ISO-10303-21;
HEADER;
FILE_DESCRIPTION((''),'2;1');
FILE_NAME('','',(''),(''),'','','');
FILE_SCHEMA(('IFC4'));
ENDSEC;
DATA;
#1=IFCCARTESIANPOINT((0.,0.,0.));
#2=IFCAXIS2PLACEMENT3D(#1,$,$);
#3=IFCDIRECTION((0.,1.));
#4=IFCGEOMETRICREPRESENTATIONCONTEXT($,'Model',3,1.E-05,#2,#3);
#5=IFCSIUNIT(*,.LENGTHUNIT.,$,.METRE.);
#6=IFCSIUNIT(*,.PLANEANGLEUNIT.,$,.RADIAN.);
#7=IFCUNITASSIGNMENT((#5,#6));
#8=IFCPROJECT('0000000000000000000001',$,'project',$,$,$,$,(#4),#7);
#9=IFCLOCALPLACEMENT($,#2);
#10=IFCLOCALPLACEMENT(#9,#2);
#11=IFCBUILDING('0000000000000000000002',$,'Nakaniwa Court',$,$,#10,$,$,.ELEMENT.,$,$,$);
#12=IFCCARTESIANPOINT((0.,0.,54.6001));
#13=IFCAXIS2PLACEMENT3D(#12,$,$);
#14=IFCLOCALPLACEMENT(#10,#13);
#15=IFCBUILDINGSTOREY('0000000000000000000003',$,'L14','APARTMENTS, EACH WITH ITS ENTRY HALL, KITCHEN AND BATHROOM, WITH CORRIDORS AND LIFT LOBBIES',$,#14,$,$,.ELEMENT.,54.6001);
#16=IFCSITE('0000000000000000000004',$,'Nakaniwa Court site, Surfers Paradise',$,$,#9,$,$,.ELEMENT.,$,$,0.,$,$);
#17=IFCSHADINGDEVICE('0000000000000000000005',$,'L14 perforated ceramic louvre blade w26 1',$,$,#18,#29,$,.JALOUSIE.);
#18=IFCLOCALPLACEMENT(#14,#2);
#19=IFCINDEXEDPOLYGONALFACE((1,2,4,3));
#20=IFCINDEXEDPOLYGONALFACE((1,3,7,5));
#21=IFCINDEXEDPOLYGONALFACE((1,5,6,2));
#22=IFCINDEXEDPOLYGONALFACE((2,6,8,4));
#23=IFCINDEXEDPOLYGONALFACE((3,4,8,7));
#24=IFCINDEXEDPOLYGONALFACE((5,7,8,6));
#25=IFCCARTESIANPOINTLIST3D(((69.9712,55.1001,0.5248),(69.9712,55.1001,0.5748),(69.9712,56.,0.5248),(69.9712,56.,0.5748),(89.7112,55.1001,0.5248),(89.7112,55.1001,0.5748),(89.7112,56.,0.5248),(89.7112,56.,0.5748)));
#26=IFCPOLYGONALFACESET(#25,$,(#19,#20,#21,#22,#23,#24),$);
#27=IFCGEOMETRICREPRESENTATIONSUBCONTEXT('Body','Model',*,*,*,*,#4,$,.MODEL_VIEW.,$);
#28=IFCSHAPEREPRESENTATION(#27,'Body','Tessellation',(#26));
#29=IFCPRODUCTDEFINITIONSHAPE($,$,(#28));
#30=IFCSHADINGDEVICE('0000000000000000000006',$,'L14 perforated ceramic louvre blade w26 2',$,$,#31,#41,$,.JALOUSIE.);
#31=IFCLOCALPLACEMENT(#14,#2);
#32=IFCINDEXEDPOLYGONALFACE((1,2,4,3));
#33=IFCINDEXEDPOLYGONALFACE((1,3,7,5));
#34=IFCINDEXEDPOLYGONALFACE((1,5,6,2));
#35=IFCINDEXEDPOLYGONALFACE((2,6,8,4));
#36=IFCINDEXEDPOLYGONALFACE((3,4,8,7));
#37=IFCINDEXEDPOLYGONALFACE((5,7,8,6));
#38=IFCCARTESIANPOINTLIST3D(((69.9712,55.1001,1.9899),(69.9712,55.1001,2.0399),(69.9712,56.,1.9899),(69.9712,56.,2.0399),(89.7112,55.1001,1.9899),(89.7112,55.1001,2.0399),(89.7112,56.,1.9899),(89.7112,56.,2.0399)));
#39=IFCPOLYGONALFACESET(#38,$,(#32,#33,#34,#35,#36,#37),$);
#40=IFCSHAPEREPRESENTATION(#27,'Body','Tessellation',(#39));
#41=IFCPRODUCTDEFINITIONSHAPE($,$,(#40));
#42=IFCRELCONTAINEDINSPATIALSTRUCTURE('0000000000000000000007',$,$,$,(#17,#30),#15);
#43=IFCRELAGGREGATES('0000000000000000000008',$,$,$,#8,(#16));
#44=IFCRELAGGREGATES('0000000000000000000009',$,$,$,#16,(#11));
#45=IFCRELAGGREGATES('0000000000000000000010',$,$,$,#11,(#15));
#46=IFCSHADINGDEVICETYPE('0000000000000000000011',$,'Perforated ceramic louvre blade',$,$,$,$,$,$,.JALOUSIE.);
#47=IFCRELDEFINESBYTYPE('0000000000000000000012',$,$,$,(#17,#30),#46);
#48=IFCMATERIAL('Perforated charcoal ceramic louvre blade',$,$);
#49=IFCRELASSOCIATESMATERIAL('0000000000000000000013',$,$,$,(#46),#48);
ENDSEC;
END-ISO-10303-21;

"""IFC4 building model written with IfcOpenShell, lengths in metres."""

from ifc_helpers import new_model, si_unit, direction, frame, origin, origin_2d, place, context, subcontext, project, spatial, rectangle, extrude, material, material_profile, profile_set, type_object, element, save


model = new_model("IFC4")

# Units and contexts
model_context = context("Model", 3, precision=1e-05, world=origin(), true_north=direction((0.0, 1.0)))
body_context = subcontext(model_context, "Body", "Model", "MODEL_VIEW")
ifc_project = project(units=[si_unit("LENGTHUNIT", "METRE"), si_unit("PLANEANGLEUNIT", "RADIAN")], contexts=[model_context])

# Site, building, storey
site_placement = place(None, origin())
site = spatial("IfcSite", under=ifc_project, at=site_placement, Name="Nakaniwa Court site, Surfers Paradise", CompositionType="ELEMENT", RefElevation=0.0)
building_placement = place(site_placement, origin())
building = spatial("IfcBuilding", under=site, at=building_placement, Name="Nakaniwa Court", CompositionType="ELEMENT")
storey_placement = place(building_placement, frame((0.0, 0.0, 54.6001)))
storey = spatial("IfcBuildingStorey", under=building, at=storey_placement, Name="L14", Description="APARTMENTS, EACH WITH ITS ENTRY HALL, KITCHEN AND BATHROOM, WITH CORRIDORS AND LIFT LOBBIES", CompositionType="ELEMENT", Elevation=54.6001)

# Shading devices
ifc_material_1 = material(Name="Perforated charcoal ceramic louvre blade")
ifc_material_profile_1 = material_profile(ifc_material_1, rectangle(XDim=0.8999, YDim=0.05, at=origin_2d()), Name="Perforated ceramic louvre blade")
ifc_profile_set_1 = profile_set([ifc_material_profile_1], Name="Perforated charcoal ceramic louvre blade")
shading_device_type = type_object("IfcShadingDeviceType", Name="Perforated ceramic louvre blade", PredefinedType="JALOUSIE", material=ifc_profile_set_1)
for number, where, z_axis, x_axis, name in (
    (1, (69.9712, 55.55, 0.5498), (1.0, 0.0, 0.0), (0.0, 1.0, 0.0), "L14 perforated ceramic louvre blade w26 1"),
    (2, (69.9712, 55.55, 2.0149), (1.0, 0.0, 0.0), (0.0, 1.0, 0.0), "L14 perforated ceramic louvre blade w26 2"),
):
    element("IfcShadingDevice", number, at=place(storey_placement, frame(where, z_axis=z_axis, x_axis=x_axis)), inside=storey, type_object=shading_device_type, Name=name, PredefinedType="JALOUSIE", context=body_context, shape_type="SweptSolid", body=[
        extrude(rectangle(XDim=0.8999, YDim=0.05, at=origin_2d()), origin(), (0.0, 0.0, 1.0), 19.74),
    ])

save(model, "model.ifc")
